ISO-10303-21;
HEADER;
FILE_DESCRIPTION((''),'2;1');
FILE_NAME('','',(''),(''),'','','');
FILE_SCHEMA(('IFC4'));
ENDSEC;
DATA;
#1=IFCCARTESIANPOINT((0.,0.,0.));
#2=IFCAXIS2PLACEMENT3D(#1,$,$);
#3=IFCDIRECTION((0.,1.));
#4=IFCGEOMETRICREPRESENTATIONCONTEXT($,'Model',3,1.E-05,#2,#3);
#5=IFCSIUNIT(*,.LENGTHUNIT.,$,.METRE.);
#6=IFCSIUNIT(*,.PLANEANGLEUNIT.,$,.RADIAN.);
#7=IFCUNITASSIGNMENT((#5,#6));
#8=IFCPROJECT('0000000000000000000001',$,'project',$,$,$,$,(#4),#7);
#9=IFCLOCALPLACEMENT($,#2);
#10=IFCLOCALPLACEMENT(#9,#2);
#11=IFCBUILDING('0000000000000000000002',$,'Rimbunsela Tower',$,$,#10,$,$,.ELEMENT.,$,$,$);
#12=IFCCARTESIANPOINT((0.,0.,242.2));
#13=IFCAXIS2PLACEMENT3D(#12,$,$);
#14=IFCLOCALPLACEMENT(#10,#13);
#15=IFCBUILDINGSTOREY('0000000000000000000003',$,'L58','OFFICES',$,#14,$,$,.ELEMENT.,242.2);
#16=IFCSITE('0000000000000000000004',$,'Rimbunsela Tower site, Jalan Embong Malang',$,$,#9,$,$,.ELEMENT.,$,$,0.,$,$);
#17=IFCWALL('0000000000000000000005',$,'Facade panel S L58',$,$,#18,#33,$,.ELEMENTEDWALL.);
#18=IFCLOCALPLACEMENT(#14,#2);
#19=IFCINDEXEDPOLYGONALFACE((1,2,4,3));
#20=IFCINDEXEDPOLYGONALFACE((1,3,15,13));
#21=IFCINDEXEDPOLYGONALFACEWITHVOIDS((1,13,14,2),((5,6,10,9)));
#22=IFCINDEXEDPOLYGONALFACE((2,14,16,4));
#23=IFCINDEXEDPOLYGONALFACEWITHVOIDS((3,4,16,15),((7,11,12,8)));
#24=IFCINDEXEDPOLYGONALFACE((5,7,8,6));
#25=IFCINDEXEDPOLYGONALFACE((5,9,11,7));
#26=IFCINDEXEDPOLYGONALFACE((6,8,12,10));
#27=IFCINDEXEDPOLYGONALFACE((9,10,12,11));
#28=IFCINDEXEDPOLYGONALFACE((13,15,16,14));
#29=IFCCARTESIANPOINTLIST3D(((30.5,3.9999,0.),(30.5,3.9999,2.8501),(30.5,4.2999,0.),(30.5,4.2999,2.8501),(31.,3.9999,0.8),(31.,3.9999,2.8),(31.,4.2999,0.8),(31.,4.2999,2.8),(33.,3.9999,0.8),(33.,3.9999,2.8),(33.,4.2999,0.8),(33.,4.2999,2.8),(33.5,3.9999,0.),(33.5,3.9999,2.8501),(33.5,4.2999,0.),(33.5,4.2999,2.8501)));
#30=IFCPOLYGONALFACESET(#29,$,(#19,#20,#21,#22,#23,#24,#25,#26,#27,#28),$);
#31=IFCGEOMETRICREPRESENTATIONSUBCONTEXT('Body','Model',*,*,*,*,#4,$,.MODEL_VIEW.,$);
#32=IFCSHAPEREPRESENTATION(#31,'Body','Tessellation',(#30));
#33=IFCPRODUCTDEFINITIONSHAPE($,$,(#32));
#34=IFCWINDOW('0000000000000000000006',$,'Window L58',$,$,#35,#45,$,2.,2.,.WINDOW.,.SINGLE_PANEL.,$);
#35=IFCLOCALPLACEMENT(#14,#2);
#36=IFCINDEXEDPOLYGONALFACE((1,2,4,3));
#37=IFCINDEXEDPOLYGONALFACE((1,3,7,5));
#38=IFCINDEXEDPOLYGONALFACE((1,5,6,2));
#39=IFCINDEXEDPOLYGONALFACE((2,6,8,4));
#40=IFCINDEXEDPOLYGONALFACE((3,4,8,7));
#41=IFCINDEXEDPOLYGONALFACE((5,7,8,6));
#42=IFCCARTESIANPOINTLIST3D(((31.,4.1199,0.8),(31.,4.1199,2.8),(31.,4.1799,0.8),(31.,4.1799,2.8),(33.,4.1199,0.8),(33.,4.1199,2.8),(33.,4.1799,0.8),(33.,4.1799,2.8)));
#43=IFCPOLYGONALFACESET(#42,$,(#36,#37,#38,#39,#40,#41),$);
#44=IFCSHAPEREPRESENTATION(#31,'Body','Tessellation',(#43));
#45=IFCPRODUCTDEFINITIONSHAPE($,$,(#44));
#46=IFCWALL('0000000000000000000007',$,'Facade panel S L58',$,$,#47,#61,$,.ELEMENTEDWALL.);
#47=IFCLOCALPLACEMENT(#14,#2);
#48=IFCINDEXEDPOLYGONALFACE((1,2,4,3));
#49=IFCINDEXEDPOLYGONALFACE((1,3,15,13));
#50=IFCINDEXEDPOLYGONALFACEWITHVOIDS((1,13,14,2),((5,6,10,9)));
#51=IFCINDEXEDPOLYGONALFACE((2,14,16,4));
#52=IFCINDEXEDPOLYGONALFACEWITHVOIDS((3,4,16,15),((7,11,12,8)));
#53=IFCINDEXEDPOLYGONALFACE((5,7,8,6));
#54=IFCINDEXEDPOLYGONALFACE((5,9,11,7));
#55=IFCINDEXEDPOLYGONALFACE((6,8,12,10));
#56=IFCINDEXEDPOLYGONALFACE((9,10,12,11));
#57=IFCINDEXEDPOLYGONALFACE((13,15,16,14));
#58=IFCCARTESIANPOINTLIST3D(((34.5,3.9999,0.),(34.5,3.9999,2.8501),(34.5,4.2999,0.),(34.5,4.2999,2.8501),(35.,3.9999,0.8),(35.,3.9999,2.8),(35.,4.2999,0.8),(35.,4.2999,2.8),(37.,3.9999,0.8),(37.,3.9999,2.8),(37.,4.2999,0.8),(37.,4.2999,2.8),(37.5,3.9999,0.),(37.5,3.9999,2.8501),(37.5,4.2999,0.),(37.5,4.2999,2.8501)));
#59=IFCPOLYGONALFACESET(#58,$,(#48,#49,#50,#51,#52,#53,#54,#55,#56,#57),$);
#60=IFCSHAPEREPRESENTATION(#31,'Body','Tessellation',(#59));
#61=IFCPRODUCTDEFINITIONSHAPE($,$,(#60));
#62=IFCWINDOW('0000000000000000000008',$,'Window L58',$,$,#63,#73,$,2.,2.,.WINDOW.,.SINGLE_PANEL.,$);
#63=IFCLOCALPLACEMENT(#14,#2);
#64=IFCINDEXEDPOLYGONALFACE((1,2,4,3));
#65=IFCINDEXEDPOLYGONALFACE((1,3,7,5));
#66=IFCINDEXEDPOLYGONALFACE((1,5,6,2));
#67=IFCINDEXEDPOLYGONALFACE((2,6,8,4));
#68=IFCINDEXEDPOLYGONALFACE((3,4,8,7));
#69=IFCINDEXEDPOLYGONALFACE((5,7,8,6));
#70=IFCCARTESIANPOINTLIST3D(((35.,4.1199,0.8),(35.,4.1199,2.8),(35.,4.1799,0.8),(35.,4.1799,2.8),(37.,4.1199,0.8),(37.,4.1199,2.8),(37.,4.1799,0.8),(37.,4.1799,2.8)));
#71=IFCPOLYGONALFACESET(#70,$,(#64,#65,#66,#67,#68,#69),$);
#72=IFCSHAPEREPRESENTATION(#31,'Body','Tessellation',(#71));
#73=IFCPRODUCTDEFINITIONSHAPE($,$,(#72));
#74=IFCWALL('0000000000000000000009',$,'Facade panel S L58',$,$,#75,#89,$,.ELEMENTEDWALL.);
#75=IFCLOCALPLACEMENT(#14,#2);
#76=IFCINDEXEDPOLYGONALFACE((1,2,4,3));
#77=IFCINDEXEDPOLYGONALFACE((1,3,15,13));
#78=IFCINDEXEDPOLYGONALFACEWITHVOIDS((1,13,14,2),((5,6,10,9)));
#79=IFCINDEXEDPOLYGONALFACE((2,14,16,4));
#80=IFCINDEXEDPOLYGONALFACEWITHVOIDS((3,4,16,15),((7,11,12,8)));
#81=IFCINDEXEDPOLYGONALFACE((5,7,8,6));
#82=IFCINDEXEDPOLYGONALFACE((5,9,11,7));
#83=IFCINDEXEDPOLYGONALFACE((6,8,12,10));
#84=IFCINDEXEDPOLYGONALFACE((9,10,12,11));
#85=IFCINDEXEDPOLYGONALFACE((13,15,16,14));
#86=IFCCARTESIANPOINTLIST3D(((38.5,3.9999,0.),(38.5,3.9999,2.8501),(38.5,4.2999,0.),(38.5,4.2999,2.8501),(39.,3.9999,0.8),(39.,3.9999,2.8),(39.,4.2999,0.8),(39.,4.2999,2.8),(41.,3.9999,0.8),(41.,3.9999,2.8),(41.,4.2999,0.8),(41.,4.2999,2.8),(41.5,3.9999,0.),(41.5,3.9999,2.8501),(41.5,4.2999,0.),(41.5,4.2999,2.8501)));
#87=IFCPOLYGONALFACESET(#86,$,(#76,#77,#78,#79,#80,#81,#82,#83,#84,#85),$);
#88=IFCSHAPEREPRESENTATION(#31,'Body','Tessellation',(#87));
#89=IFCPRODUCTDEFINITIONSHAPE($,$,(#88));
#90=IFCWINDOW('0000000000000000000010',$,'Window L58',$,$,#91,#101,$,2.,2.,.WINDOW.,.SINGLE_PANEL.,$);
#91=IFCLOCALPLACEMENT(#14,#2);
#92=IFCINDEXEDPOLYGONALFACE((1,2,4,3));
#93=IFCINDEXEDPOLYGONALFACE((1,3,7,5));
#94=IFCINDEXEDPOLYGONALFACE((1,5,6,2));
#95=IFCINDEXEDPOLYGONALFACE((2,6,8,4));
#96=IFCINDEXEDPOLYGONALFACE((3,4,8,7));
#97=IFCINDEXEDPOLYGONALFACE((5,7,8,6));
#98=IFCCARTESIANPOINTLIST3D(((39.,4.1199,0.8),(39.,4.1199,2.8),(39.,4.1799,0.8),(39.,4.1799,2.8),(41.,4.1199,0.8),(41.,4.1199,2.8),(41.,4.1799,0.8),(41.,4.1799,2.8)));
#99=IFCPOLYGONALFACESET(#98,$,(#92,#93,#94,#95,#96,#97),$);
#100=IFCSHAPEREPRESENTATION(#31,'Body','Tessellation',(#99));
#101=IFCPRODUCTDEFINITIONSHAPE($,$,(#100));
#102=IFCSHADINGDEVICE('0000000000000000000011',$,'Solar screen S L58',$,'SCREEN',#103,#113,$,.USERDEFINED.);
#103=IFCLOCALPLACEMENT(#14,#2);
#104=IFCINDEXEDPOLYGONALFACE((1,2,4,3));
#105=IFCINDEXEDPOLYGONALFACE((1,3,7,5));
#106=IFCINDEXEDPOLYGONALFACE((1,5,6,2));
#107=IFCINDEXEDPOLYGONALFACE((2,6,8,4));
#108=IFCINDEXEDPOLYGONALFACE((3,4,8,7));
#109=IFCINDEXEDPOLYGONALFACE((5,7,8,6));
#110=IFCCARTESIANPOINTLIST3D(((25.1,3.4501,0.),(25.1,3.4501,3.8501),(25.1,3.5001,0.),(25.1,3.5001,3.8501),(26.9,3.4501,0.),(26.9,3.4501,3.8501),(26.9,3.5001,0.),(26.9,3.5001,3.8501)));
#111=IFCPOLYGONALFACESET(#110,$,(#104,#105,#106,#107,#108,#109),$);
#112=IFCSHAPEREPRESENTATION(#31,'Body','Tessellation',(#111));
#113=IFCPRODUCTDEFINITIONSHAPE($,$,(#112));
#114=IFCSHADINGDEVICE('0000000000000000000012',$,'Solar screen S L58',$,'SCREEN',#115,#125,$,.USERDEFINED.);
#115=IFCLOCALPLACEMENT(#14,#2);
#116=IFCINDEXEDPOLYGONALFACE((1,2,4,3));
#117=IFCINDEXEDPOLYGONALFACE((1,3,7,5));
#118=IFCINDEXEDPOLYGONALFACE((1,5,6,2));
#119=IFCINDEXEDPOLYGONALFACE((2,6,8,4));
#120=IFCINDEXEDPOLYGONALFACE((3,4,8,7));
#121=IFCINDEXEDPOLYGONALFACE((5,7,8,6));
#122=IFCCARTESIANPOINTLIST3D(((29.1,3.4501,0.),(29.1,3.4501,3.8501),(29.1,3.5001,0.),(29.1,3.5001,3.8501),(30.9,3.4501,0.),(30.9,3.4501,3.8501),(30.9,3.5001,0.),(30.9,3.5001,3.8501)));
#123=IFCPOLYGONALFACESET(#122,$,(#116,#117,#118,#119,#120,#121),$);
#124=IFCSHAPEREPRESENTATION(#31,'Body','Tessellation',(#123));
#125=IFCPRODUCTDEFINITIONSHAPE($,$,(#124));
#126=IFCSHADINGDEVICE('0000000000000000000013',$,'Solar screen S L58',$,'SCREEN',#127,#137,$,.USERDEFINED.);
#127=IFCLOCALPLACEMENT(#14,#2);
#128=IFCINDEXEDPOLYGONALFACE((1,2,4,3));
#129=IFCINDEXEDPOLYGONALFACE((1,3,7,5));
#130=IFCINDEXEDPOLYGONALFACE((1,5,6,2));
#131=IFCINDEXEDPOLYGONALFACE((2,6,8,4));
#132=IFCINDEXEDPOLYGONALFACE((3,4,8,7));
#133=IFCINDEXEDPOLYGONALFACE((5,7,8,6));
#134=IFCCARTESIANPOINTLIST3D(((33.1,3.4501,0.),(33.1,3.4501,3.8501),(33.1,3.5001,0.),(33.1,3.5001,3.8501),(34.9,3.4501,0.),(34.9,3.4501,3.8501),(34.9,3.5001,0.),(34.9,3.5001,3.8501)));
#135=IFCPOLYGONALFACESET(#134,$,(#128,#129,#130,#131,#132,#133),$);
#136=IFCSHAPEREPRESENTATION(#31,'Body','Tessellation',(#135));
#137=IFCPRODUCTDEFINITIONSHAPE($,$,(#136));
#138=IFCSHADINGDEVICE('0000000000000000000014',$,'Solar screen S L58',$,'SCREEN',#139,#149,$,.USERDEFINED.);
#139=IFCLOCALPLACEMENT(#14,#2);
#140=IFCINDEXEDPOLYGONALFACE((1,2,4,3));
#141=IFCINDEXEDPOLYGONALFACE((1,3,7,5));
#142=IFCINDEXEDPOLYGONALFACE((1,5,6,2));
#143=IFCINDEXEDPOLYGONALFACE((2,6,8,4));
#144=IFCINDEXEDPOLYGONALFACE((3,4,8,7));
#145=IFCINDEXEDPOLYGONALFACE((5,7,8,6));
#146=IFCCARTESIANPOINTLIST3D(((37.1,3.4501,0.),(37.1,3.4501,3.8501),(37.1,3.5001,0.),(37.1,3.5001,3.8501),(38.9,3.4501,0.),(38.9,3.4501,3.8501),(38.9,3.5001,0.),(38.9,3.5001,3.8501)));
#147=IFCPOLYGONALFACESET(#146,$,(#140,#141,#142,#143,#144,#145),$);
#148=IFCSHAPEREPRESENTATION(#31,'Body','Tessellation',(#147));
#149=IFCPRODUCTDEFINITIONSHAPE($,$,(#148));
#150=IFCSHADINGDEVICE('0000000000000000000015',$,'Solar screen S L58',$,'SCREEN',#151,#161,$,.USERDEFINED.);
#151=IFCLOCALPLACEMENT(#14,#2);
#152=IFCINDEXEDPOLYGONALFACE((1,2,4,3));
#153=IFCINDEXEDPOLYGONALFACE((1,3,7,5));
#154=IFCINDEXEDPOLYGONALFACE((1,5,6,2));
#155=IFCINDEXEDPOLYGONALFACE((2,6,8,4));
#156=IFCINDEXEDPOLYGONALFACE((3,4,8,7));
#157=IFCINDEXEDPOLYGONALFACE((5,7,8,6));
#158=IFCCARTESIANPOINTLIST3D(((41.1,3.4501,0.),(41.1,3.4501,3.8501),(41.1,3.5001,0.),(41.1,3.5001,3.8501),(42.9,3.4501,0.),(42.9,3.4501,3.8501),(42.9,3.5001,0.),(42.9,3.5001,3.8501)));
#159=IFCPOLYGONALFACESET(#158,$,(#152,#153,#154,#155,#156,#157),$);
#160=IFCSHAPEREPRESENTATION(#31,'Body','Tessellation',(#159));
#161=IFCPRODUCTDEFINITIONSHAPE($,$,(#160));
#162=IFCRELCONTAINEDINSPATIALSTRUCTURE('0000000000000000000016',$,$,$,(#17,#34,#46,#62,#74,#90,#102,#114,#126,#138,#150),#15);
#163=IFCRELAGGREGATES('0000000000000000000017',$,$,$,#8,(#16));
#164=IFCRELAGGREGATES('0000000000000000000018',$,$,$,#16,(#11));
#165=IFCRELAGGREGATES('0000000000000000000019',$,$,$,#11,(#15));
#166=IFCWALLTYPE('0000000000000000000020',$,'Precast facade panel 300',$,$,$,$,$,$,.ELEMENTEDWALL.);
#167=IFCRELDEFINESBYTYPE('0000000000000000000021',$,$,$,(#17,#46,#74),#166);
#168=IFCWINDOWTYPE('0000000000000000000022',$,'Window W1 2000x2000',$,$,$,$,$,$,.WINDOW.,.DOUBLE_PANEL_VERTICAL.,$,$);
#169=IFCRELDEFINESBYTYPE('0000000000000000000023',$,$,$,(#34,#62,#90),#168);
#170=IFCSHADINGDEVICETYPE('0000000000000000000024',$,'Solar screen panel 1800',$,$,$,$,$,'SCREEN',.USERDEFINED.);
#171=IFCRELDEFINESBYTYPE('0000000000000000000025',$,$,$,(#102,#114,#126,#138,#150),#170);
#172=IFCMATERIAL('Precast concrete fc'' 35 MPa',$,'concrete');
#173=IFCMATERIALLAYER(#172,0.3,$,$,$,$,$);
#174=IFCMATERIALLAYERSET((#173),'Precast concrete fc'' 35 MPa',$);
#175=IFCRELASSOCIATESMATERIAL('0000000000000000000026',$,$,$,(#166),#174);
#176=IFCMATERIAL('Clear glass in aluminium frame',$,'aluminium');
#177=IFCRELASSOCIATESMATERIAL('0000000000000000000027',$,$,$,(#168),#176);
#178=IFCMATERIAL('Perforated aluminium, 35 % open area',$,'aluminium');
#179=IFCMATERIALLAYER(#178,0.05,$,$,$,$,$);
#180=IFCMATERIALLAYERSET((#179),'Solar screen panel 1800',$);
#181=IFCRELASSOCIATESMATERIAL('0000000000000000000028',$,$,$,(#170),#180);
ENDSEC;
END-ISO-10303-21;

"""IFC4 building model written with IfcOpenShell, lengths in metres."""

from ifc_helpers import new_model, si_unit, direction, frame, frame_2d, origin, origin_2d, place, context, subcontext, project, spatial, rectangle, extrude, material, layer, layer_set, type_object, element, fill, save


model = new_model("IFC4")

# Units and contexts
model_context = context("Model", 3, precision=1e-05, world=origin(), true_north=direction((0.0, 1.0)))
body_context = subcontext(model_context, "Body", "Model", "MODEL_VIEW")
ifc_project = project(units=[si_unit("LENGTHUNIT", "METRE"), si_unit("PLANEANGLEUNIT", "RADIAN")], contexts=[model_context])

# Site, building, storey
site_placement = place(None, origin())
site = spatial("IfcSite", under=ifc_project, at=site_placement, Name="Rimbunsela Tower site, Jalan Embong Malang", CompositionType="ELEMENT", RefElevation=0.0)
building_placement = place(site_placement, origin())
building = spatial("IfcBuilding", under=site, at=building_placement, Name="Rimbunsela Tower", CompositionType="ELEMENT")
storey_placement = place(building_placement, frame((0.0, 0.0, 242.2)))
storey = spatial("IfcBuildingStorey", under=building, at=storey_placement, Name="L58", Description="OFFICES", CompositionType="ELEMENT", Elevation=242.2)

# Shared definitions
ifc_material_1 = material(Name="Precast concrete fc' 35 MPa", Category="concrete")
ifc_layer_1 = layer(ifc_material_1, 0.3)
ifc_layer_set_1 = layer_set([ifc_layer_1], Name="Precast concrete fc' 35 MPa")
wall_type_1 = type_object("IfcWallType", Name="Precast facade panel 300", PredefinedType="ELEMENTEDWALL", material=ifc_layer_set_1)

# Walls, openings, windows
wall_1_placement = place(storey_placement, frame((30.5, 4.1499, 0.0), z_axis=(0.0, 0.0, 1.0), x_axis=(1.0, 0.0, 0.0)))
wall_1 = element("IfcWall", 1, at=wall_1_placement, inside=storey, type_object=wall_type_1, Name="Facade panel S L58", PredefinedType="ELEMENTEDWALL", context=body_context, shape_type="SweptSolid", body=[
    extrude(rectangle(XDim=3.0, YDim=0.3, at=frame_2d((1.5, 0.0))), origin(), (0.0, 0.0, 1.0), 2.8501),
])
opening_1_placement = place(wall_1_placement, frame((0.5, 0.0, 0.8)))
opening_1 = element("IfcOpeningElement", 2, at=opening_1_placement, cuts=wall_1, PredefinedType="OPENING", context=body_context, shape_type="SweptSolid", body=[
    extrude(rectangle(XDim=2.0, YDim=2.0, at=frame_2d((1.0, 1.0))), frame((0.0, 0.1599, 0.0), z_axis=(0.0, -1.0, 0.0), x_axis=(1.0, 0.0, 0.0)), (0.0, 0.0, 1.0), 0.3201),
])
ifc_material_2 = material(Name="Clear glass in aluminium frame", Category="aluminium")
window_type_1 = type_object("IfcWindowType", Name="Window W1 2000x2000", PartitioningType="DOUBLE_PANEL_VERTICAL", PredefinedType="WINDOW", material=ifc_material_2)
window_1_placement = place(opening_1_placement, origin())
window_1 = element("IfcWindow", 3, at=window_1_placement, inside=storey, type_object=window_type_1, Name="Window L58", OverallHeight=2.0, OverallWidth=2.0, PartitioningType="SINGLE_PANEL", PredefinedType="WINDOW", context=body_context, shape_type="SweptSolid", body=[
    extrude(rectangle(XDim=2.0, YDim=2.0, at=frame_2d((1.0, 1.0))), frame((0.0, 0.03, 0.0), z_axis=(0.0, -1.0, 0.0), x_axis=(1.0, 0.0, 0.0)), (0.0, 0.0, 1.0), 0.0601),
])
fill(opening_1, window_1)
wall_2_placement = place(storey_placement, frame((34.5, 4.1499, 0.0), z_axis=(0.0, 0.0, 1.0), x_axis=(1.0, 0.0, 0.0)))
wall_2 = element("IfcWall", 4, at=wall_2_placement, inside=storey, type_object=wall_type_1, Name="Facade panel S L58", PredefinedType="ELEMENTEDWALL", context=body_context, shape_type="SweptSolid", body=[
    extrude(rectangle(XDim=3.0, YDim=0.3, at=frame_2d((1.5, 0.0))), origin(), (0.0, 0.0, 1.0), 2.8501),
])
opening_2_placement = place(wall_2_placement, frame((0.5, 0.0, 0.8)))
opening_2 = element("IfcOpeningElement", 5, at=opening_2_placement, cuts=wall_2, PredefinedType="OPENING", context=body_context, shape_type="SweptSolid", body=[
    extrude(rectangle(XDim=2.0, YDim=2.0, at=frame_2d((1.0, 1.0))), frame((0.0, 0.1599, 0.0), z_axis=(0.0, -1.0, 0.0), x_axis=(1.0, 0.0, 0.0)), (0.0, 0.0, 1.0), 0.3201),
])
window_2_placement = place(opening_2_placement, origin())
window_2 = element("IfcWindow", 6, at=window_2_placement, inside=storey, type_object=window_type_1, Name="Window L58", OverallHeight=2.0, OverallWidth=2.0, PartitioningType="SINGLE_PANEL", PredefinedType="WINDOW", context=body_context, shape_type="SweptSolid", body=[
    extrude(rectangle(XDim=2.0, YDim=2.0, at=frame_2d((1.0, 1.0))), frame((0.0, 0.03, 0.0), z_axis=(0.0, -1.0, 0.0), x_axis=(1.0, 0.0, 0.0)), (0.0, 0.0, 1.0), 0.0601),
])
fill(opening_2, window_2)
wall_3_placement = place(storey_placement, frame((38.5, 4.1499, 0.0), z_axis=(0.0, 0.0, 1.0), x_axis=(1.0, 0.0, 0.0)))
wall_3 = element("IfcWall", 7, at=wall_3_placement, inside=storey, type_object=wall_type_1, Name="Facade panel S L58", PredefinedType="ELEMENTEDWALL", context=body_context, shape_type="SweptSolid", body=[
    extrude(rectangle(XDim=3.0, YDim=0.3, at=frame_2d((1.5, 0.0))), origin(), (0.0, 0.0, 1.0), 2.8501),
])
opening_3_placement = place(wall_3_placement, frame((0.5, 0.0, 0.8)))
opening_3 = element("IfcOpeningElement", 8, at=opening_3_placement, cuts=wall_3, PredefinedType="OPENING", context=body_context, shape_type="SweptSolid", body=[
    extrude(rectangle(XDim=2.0, YDim=2.0, at=frame_2d((1.0, 1.0))), frame((0.0, 0.1599, 0.0), z_axis=(0.0, -1.0, 0.0), x_axis=(1.0, 0.0, 0.0)), (0.0, 0.0, 1.0), 0.3201),
])
window_3_placement = place(opening_3_placement, origin())
window_3 = element("IfcWindow", 9, at=window_3_placement, inside=storey, type_object=window_type_1, Name="Window L58", OverallHeight=2.0, OverallWidth=2.0, PartitioningType="SINGLE_PANEL", PredefinedType="WINDOW", context=body_context, shape_type="SweptSolid", body=[
    extrude(rectangle(XDim=2.0, YDim=2.0, at=frame_2d((1.0, 1.0))), frame((0.0, 0.03, 0.0), z_axis=(0.0, -1.0, 0.0), x_axis=(1.0, 0.0, 0.0)), (0.0, 0.0, 1.0), 0.0601),
])
fill(opening_3, window_3)

# Shading devices
ifc_material_3 = material(Name="Perforated aluminium, 35 % open area", Category="aluminium")
ifc_layer_2 = layer(ifc_material_3, 0.05)
ifc_layer_set_2 = layer_set([ifc_layer_2], Name="Solar screen panel 1800")
shading_device_type = type_object("IfcShadingDeviceType", Name="Solar screen panel 1800", ElementType="SCREEN", PredefinedType="USERDEFINED", material=ifc_layer_set_2)
for number, where, z_axis, x_axis, name in (
    (10, (26.0, 3.4751, 0.0), (0.0, 0.0, 1.0), (1.0, 0.0, 0.0), "Solar screen S L58"),
    (11, (30.0, 3.4751, 0.0), (0.0, 0.0, 1.0), (1.0, 0.0, 0.0), "Solar screen S L58"),
    (12, (34.0, 3.4751, 0.0), (0.0, 0.0, 1.0), (1.0, 0.0, 0.0), "Solar screen S L58"),
    (13, (38.0, 3.4751, 0.0), (0.0, 0.0, 1.0), (1.0, 0.0, 0.0), "Solar screen S L58"),
    (14, (42.0, 3.4751, 0.0), (0.0, 0.0, 1.0), (1.0, 0.0, 0.0), "Solar screen S L58"),
):
    element("IfcShadingDevice", number, at=place(storey_placement, frame(where, z_axis=z_axis, x_axis=x_axis)), inside=storey, type_object=shading_device_type, Name=name, ObjectType="SCREEN", PredefinedType="USERDEFINED", context=body_context, shape_type="SweptSolid", body=[
        extrude(rectangle(XDim=1.8, YDim=0.05, at=origin_2d()), origin(), (0.0, 0.0, 1.0), 3.8501),
    ])

save(model, "model.ifc")
